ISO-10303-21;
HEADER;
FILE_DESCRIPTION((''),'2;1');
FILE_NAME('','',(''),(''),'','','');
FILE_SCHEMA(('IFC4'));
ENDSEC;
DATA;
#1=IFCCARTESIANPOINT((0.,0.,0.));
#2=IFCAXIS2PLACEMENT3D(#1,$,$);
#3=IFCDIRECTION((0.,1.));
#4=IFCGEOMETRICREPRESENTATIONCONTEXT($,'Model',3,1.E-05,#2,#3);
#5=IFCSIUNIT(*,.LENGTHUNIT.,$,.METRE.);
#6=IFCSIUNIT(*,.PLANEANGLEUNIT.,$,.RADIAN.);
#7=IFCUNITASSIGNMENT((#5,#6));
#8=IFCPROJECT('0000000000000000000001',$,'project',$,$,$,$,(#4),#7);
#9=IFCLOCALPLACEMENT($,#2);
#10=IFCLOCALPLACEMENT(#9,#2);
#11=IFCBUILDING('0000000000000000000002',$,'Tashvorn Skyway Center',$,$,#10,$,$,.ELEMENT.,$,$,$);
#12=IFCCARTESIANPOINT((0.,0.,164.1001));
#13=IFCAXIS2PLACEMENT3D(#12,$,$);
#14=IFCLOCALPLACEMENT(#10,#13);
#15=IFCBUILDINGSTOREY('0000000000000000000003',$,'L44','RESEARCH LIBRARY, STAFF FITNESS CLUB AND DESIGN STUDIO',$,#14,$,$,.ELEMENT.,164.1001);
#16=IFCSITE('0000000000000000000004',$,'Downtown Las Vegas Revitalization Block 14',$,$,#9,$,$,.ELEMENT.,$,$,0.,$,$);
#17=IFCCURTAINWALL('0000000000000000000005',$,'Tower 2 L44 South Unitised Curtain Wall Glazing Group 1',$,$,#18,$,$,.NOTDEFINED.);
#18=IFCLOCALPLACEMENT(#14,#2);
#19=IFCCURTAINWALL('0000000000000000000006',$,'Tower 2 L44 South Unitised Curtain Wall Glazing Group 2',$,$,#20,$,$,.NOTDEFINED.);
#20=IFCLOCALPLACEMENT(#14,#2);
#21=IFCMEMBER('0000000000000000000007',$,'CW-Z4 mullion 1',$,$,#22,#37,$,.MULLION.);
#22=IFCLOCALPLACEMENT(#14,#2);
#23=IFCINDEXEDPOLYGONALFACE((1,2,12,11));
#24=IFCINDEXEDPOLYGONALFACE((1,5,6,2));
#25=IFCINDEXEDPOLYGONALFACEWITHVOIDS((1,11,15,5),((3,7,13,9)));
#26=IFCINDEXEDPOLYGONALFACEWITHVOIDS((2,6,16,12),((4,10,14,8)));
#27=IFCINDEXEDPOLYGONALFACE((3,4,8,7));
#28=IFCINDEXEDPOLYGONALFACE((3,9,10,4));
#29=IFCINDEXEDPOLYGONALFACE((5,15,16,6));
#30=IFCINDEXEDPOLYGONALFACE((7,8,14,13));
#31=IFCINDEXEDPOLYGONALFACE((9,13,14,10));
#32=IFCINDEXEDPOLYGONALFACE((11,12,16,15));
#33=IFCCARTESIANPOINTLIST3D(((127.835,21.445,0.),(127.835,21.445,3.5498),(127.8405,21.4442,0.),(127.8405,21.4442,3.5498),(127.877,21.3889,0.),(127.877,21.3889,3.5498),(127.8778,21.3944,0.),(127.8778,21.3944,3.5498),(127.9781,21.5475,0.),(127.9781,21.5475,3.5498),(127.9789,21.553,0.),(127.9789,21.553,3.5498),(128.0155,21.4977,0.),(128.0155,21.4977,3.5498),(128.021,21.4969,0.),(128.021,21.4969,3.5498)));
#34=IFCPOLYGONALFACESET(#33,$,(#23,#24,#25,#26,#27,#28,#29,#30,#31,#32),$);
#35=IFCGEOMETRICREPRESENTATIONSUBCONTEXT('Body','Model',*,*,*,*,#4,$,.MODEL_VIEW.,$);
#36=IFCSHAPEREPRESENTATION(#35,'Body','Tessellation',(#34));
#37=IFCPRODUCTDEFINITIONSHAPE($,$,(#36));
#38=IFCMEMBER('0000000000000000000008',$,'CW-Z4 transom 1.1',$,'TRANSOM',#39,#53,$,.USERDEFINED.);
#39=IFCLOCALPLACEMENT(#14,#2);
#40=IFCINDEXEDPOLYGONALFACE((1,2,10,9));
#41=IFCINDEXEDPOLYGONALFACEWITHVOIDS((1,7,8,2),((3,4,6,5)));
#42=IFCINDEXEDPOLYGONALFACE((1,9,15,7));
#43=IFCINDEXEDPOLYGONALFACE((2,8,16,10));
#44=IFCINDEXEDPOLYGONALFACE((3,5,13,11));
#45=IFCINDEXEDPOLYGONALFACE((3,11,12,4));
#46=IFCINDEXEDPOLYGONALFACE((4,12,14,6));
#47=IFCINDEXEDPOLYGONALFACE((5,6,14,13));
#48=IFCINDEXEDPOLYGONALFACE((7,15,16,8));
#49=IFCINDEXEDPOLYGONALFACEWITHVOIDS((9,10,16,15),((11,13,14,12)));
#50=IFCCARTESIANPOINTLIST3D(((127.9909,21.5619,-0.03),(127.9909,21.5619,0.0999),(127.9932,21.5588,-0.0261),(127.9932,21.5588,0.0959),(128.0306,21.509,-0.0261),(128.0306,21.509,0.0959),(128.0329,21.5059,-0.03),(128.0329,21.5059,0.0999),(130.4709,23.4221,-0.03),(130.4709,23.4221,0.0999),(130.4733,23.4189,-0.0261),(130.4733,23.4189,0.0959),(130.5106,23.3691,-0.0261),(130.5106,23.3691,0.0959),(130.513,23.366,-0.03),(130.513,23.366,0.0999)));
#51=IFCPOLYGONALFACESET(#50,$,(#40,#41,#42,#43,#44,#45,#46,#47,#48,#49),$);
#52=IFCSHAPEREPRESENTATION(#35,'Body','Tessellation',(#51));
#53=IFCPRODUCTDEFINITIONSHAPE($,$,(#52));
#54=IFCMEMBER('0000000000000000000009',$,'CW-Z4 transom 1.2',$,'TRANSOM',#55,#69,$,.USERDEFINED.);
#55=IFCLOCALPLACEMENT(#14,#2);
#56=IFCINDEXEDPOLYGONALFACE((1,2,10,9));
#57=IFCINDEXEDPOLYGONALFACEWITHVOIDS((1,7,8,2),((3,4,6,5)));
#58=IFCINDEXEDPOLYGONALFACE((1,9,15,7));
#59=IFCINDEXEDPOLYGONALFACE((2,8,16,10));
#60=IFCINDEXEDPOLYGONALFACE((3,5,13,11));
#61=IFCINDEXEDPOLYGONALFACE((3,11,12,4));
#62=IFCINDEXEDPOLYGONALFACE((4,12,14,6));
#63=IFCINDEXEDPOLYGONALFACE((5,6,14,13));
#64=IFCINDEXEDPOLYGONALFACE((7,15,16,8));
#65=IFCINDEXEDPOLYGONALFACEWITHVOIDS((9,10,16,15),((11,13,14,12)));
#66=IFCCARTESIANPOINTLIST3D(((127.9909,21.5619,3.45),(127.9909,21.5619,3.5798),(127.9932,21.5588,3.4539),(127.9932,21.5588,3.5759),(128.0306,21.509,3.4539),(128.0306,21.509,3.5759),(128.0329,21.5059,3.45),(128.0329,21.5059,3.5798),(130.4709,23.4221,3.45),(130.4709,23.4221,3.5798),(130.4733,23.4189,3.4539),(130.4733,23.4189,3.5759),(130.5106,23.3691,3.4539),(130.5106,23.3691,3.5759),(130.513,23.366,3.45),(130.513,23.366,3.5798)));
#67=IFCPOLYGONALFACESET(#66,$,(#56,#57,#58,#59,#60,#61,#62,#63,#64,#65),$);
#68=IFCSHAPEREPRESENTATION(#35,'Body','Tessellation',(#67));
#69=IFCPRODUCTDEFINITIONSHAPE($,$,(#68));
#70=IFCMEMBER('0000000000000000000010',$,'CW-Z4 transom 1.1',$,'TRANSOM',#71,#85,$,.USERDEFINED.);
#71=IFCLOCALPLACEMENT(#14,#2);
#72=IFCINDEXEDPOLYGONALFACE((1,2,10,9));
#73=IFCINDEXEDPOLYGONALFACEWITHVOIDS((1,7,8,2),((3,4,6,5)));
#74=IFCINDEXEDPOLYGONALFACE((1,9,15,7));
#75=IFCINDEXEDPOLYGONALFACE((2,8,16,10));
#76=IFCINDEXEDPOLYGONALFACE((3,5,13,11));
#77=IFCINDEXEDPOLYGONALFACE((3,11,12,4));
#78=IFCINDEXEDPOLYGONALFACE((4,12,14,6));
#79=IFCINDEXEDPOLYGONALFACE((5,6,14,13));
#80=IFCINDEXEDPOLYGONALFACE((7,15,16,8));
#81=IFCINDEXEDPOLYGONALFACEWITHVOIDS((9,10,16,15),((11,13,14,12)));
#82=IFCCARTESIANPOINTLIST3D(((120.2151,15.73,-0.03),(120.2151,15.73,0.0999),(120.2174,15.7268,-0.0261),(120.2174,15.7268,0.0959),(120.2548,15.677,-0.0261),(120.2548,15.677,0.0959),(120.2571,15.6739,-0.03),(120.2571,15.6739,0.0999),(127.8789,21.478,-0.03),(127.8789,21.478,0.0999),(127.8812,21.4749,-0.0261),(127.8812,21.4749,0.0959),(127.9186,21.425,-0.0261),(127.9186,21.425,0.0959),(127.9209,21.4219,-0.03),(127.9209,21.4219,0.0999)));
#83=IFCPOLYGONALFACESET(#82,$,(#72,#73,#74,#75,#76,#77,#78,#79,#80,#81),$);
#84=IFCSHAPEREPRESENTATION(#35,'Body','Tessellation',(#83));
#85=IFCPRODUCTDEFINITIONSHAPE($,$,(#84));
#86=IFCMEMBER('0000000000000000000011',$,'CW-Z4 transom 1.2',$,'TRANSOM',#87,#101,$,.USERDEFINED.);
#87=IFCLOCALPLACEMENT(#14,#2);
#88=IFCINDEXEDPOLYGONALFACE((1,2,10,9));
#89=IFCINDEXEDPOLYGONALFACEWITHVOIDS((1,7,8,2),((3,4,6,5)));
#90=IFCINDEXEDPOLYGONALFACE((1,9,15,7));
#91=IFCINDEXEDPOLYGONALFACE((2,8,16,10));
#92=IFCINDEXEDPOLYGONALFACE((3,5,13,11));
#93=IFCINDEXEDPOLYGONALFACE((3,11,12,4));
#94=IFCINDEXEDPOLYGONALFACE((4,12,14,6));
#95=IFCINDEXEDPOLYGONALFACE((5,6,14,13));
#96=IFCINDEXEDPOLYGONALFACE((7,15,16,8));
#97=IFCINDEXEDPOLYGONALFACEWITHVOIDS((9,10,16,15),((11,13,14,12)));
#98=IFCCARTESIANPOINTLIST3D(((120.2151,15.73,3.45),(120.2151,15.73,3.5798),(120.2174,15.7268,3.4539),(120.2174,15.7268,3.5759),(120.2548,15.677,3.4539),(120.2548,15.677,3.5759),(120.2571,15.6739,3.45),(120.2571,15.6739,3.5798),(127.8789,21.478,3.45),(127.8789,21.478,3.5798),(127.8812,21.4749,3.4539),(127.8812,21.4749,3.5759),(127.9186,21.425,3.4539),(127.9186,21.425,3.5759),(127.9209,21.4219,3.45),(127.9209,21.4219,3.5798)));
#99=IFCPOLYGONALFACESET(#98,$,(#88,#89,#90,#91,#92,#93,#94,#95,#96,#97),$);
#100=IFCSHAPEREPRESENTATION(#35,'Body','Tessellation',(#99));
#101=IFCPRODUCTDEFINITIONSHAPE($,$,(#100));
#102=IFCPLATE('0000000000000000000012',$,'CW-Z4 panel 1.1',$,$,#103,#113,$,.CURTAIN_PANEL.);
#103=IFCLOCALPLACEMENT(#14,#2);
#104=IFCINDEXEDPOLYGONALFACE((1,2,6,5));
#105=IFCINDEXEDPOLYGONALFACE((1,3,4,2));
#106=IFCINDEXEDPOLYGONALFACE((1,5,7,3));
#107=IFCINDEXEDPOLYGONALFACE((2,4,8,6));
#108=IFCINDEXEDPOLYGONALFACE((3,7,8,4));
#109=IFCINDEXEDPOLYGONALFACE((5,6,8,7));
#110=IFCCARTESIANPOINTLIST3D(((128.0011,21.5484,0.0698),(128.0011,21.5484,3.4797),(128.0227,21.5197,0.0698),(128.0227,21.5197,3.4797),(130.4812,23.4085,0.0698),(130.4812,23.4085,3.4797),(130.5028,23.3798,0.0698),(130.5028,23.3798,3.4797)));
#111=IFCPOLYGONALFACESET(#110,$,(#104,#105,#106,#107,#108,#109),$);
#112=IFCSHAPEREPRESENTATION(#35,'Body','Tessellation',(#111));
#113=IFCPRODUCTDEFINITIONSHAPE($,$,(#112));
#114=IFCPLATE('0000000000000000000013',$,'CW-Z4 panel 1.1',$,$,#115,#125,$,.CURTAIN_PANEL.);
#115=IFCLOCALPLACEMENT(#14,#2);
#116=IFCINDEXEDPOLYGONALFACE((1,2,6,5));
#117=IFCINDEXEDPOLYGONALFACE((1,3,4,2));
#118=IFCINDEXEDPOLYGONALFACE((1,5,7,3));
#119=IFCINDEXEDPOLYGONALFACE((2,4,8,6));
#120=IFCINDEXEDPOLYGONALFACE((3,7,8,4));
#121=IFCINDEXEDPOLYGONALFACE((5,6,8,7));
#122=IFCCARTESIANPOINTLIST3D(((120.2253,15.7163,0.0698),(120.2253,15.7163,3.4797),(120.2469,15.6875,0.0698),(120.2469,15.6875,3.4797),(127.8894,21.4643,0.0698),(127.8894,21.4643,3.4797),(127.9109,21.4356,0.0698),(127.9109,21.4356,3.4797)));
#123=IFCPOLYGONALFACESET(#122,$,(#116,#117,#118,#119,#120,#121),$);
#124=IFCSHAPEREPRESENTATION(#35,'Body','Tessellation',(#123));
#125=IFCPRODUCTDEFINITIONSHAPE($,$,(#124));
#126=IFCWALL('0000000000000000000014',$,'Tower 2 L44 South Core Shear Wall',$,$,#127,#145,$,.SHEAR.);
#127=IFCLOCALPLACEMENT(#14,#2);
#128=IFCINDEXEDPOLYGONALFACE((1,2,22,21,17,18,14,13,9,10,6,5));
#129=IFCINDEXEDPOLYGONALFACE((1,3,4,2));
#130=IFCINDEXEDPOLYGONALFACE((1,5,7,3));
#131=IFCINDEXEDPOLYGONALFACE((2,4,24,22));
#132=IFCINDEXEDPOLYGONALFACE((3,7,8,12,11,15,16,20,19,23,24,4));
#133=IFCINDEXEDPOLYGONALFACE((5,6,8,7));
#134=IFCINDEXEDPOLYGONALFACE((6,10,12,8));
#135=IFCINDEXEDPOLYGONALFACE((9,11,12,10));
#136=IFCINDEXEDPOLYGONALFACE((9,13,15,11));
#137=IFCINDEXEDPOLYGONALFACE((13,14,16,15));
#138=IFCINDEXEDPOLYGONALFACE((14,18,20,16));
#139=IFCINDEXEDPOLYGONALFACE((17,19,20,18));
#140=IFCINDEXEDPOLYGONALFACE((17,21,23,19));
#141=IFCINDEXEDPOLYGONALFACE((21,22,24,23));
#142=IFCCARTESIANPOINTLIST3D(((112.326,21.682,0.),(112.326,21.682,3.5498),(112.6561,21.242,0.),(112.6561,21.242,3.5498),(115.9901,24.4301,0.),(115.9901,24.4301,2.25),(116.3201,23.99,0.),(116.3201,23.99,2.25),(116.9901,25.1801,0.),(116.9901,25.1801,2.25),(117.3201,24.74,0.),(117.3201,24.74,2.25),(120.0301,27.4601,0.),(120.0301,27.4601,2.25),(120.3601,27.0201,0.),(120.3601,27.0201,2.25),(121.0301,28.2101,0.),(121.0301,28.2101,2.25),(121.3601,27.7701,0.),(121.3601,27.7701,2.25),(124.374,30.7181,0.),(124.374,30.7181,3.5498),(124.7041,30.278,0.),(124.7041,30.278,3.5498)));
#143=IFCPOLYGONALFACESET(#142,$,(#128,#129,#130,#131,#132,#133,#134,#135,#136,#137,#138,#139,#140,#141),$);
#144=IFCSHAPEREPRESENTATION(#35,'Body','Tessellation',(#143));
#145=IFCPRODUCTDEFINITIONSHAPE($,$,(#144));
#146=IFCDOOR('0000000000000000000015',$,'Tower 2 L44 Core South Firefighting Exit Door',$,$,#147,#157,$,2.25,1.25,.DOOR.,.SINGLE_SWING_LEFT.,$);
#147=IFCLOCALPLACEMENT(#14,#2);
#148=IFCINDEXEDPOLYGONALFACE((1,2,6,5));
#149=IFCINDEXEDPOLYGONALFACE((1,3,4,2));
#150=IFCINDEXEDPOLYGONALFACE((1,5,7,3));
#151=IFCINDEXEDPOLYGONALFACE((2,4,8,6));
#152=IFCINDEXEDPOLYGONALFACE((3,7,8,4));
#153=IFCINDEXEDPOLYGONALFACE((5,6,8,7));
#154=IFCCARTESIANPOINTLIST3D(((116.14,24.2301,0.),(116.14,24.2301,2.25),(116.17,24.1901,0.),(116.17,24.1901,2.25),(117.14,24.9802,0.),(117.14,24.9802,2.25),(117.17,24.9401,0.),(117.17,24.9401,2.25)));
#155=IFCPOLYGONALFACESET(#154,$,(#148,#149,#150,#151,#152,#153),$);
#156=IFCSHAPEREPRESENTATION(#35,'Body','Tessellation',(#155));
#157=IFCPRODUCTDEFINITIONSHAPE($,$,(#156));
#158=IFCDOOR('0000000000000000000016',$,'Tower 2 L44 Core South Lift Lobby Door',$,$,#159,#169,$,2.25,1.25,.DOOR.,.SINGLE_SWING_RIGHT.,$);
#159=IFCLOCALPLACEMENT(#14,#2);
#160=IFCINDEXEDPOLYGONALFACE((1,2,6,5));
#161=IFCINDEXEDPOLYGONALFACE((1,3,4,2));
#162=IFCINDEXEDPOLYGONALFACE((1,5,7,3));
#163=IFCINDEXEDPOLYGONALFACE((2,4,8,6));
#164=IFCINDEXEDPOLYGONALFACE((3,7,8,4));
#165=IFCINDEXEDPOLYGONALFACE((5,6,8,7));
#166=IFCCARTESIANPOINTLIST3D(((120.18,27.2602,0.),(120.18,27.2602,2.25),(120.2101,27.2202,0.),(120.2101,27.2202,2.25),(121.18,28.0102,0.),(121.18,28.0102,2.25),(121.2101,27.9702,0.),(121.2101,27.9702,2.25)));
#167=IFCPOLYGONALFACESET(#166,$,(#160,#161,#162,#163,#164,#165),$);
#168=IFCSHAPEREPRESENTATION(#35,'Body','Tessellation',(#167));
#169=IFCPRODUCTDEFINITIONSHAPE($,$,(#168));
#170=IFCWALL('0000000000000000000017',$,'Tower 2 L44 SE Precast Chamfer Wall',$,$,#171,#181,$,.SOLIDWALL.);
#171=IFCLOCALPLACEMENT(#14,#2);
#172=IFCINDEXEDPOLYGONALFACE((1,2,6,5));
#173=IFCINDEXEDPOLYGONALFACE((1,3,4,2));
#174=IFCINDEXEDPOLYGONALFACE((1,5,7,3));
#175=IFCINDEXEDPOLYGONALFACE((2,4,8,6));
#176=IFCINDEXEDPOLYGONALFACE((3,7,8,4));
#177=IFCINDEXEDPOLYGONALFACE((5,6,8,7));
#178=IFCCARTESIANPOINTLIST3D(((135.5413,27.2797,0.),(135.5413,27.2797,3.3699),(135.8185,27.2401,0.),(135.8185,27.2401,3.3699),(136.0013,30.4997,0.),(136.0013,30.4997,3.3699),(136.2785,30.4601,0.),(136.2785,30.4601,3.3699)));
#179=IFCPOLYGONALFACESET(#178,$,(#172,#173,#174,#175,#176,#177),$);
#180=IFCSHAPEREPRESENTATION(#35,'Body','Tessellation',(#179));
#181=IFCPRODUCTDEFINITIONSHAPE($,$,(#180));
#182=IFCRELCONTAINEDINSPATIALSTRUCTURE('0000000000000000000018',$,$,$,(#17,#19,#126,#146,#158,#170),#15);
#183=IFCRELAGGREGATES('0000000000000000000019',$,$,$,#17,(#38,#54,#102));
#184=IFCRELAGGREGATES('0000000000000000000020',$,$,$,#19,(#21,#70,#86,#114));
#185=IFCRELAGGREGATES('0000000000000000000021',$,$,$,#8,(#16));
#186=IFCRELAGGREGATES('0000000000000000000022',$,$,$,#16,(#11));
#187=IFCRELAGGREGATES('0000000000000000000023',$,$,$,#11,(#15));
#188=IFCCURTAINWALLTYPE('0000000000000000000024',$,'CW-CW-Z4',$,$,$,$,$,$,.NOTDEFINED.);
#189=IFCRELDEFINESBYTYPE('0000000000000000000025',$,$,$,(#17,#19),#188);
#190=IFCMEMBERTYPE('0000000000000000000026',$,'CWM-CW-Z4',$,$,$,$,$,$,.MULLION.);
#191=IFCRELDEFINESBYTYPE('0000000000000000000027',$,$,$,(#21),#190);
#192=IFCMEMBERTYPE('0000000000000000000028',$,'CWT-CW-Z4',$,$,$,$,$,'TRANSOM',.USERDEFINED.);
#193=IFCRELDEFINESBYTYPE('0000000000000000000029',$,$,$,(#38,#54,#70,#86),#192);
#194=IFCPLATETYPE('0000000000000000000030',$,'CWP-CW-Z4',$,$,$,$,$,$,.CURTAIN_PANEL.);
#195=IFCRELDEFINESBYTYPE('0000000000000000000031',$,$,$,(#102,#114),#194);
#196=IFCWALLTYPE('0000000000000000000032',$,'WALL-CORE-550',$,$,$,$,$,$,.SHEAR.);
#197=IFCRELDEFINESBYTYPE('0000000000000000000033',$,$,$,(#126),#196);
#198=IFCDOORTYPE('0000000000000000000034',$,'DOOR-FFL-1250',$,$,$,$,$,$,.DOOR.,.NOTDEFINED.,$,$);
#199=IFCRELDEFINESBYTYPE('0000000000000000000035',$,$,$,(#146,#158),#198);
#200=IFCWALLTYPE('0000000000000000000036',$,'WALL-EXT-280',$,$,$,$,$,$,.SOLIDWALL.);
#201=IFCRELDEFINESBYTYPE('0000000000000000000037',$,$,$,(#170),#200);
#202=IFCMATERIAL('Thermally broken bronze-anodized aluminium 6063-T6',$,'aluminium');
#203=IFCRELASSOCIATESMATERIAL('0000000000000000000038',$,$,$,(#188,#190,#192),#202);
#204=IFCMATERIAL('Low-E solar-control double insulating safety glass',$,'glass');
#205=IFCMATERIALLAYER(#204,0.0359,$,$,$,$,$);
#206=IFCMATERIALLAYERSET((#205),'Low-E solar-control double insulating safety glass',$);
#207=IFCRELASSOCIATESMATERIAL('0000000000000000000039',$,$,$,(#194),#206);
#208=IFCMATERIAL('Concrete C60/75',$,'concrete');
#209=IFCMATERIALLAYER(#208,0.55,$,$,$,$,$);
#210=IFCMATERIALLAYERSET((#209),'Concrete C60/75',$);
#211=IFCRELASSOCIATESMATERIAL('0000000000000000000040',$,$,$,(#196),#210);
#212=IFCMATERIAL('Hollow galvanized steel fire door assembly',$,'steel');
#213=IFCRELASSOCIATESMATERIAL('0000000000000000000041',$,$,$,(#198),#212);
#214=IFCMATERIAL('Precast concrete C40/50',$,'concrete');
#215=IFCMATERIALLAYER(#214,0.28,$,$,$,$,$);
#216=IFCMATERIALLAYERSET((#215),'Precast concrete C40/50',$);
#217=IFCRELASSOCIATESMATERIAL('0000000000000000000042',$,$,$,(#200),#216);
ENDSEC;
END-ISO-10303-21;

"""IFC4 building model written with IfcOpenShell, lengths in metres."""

from ifc_helpers import new_model, si_unit, direction, frame, frame_2d, origin, origin_2d, place, context, subcontext, project, spatial, rectangle, hollow_rectangle, extrude, material, layer, layer_set, material_profile, profile_set, type_object, element, fill, aggregate, save


model = new_model("IFC4")

# Units and contexts
model_context = context("Model", 3, precision=1e-05, world=origin(), true_north=direction((0.0, 1.0)))
body_context = subcontext(model_context, "Body", "Model", "MODEL_VIEW")
ifc_project = project(units=[si_unit("LENGTHUNIT", "METRE"), si_unit("PLANEANGLEUNIT", "RADIAN")], contexts=[model_context])

# Site, building, storey
site_placement = place(None, origin())
site = spatial("IfcSite", under=ifc_project, at=site_placement, Name="Downtown Las Vegas Revitalization Block 14", CompositionType="ELEMENT", RefElevation=0.0)
building_placement = place(site_placement, origin())
building = spatial("IfcBuilding", under=site, at=building_placement, Name="Tashvorn Skyway Center", CompositionType="ELEMENT")
storey_placement = place(building_placement, frame((0.0, 0.0, 164.1001)))
storey = spatial("IfcBuildingStorey", under=building, at=storey_placement, Name="L44", Description="RESEARCH LIBRARY, STAFF FITNESS CLUB AND DESIGN STUDIO", CompositionType="ELEMENT", Elevation=164.1001)

# Curtain wall
ifc_material_1 = material(Name="Thermally broken bronze-anodized aluminium 6063-T6", Category="aluminium")
curtain_wall_type = type_object("IfcCurtainWallType", Name="CW-CW-Z4", PredefinedType="NOTDEFINED", material=ifc_material_1)
curtain_wall_1_placement = place(storey_placement, origin())
curtain_wall_1 = element("IfcCurtainWall", 1, at=curtain_wall_1_placement, inside=storey, type_object=curtain_wall_type, Name="Tower 2 L44 South Unitised Curtain Wall Glazing Group 1", PredefinedType="NOTDEFINED")
ifc_material_profile_1 = material_profile(ifc_material_1, hollow_rectangle(XDim=0.0701, YDim=0.1799, WallThickness=0.0039, at=origin_2d()), Name="ALU-MULL-70x180")
ifc_profile_set_1 = profile_set([ifc_material_profile_1], Name="Thermally broken bronze-anodized aluminium 6063-T6")
member_type_1 = type_object("IfcMemberType", Name="CWM-CW-Z4", PredefinedType="MULLION", material=ifc_profile_set_1)

# Curtain wall, member
curtain_wall_2_placement = place(storey_placement, origin())
curtain_wall_2 = element("IfcCurtainWall", 2, at=curtain_wall_2_placement, inside=storey, type_object=curtain_wall_type, Name="Tower 2 L44 South Unitised Curtain Wall Glazing Group 2", PredefinedType="NOTDEFINED")
member_1_placement = place(storey_placement, frame((127.928, 21.4709, 0.0), z_axis=(0.0, 0.0, 1.0), x_axis=(0.6, -0.8, 0.0)))
member_1 = element("IfcMember", 3, at=member_1_placement, type_object=member_type_1, Name="CW-Z4 mullion 1", PredefinedType="MULLION", context=body_context, shape_type="SweptSolid", body=[
    extrude(hollow_rectangle(XDim=0.0701, YDim=0.1799, WallThickness=0.0039, at=origin_2d()), origin(), (0.0, 0.0, 1.0), 3.5498),
])

# Members
ifc_material_profile_2 = material_profile(ifc_material_1, hollow_rectangle(XDim=0.0701, YDim=0.1299, WallThickness=0.0039, at=origin_2d()), Name="ALU-TRAN-70x130")
ifc_profile_set_2 = profile_set([ifc_material_profile_2], Name="Thermally broken bronze-anodized aluminium 6063-T6")
member_type_2 = type_object("IfcMemberType", Name="CWT-CW-Z4", ElementType="TRANSOM", PredefinedType="USERDEFINED", material=ifc_profile_set_2)
member_2_placement = place(storey_placement, frame((130.4919, 23.394, 0.0349), z_axis=(-0.799981, -0.600025, 0.0), x_axis=(0.600025, -0.799981, 0.0)))
member_2 = element("IfcMember", 4, at=member_2_placement, type_object=member_type_2, Name="CW-Z4 transom 1.1", ObjectType="TRANSOM", PredefinedType="USERDEFINED", context=body_context, shape_type="SweptSolid", body=[
    extrude(hollow_rectangle(XDim=0.0701, YDim=0.1299, WallThickness=0.0039, at=origin_2d()), origin(), (0.0, 0.0, 1.0), 3.1001),
])
member_3_placement = place(storey_placement, frame((130.4919, 23.394, 3.5149), z_axis=(-0.799981, -0.600025, 0.0), x_axis=(0.600025, -0.799981, 0.0)))
member_3 = element("IfcMember", 5, at=member_3_placement, type_object=member_type_2, Name="CW-Z4 transom 1.2", ObjectType="TRANSOM", PredefinedType="USERDEFINED", context=body_context, shape_type="SweptSolid", body=[
    extrude(hollow_rectangle(XDim=0.0701, YDim=0.1299, WallThickness=0.0039, at=origin_2d()), origin(), (0.0, 0.0, 1.0), 3.1001),
])
member_4_placement = place(storey_placement, frame((127.8999, 21.45, 0.0349), z_axis=(-0.799991, -0.600012, 0.0), x_axis=(0.600012, -0.799991, 0.0)))
member_4 = element("IfcMember", 6, at=member_4_placement, type_object=member_type_2, Name="CW-Z4 transom 1.1", ObjectType="TRANSOM", PredefinedType="USERDEFINED", context=body_context, shape_type="SweptSolid", body=[
    extrude(hollow_rectangle(XDim=0.0701, YDim=0.1299, WallThickness=0.0039, at=origin_2d()), origin(), (0.0, 0.0, 1.0), 9.5798),
])
member_5_placement = place(storey_placement, frame((127.8999, 21.45, 3.5149), z_axis=(-0.799991, -0.600012, 0.0), x_axis=(0.600012, -0.799991, 0.0)))
member_5 = element("IfcMember", 7, at=member_5_placement, type_object=member_type_2, Name="CW-Z4 transom 1.2", ObjectType="TRANSOM", PredefinedType="USERDEFINED", context=body_context, shape_type="SweptSolid", body=[
    extrude(hollow_rectangle(XDim=0.0701, YDim=0.1299, WallThickness=0.0039, at=origin_2d()), origin(), (0.0, 0.0, 1.0), 9.5798),
])

# Plates
ifc_material_2 = material(Name="Low-E solar-control double insulating safety glass", Category="glass")
ifc_layer_1 = layer(ifc_material_2, 0.0359)
ifc_layer_set_1 = layer_set([ifc_layer_1], Name="Low-E solar-control double insulating safety glass")
plate_type = type_object("IfcPlateType", Name="CWP-CW-Z4", PredefinedType="CURTAIN_PANEL", material=ifc_layer_set_1)
plate_1_placement = place(storey_placement, frame((129.252, 22.4641, 0.0698), z_axis=(0.0, 0.0, 1.0), x_axis=(-0.8, -0.6, 0.0)))
plate_1 = element("IfcPlate", 8, at=plate_1_placement, type_object=plate_type, Name="CW-Z4 panel 1.1", PredefinedType="CURTAIN_PANEL", context=body_context, shape_type="SweptSolid", body=[
    extrude(rectangle(XDim=3.1001, YDim=0.0359, at=origin_2d()), origin(), (0.0, 0.0, 1.0), 3.4099),
])
aggregate(curtain_wall_1, [member_2, member_3, plate_1])
plate_2_placement = place(storey_placement, frame((124.0681, 18.5759, 0.0698), z_axis=(0.0, 0.0, 1.0), x_axis=(-0.8, -0.6, 0.0)))
plate_2 = element("IfcPlate", 9, at=plate_2_placement, type_object=plate_type, Name="CW-Z4 panel 1.1", PredefinedType="CURTAIN_PANEL", context=body_context, shape_type="SweptSolid", body=[
    extrude(rectangle(XDim=9.5801, YDim=0.0359, at=origin_2d()), origin(), (0.0, 0.0, 1.0), 3.4099),
])
aggregate(curtain_wall_2, [member_1, member_4, member_5, plate_2])

# Wall, openings, doors
ifc_material_3 = material(Name="Concrete C60/75", Category="concrete")
ifc_layer_2 = layer(ifc_material_3, 0.55)
ifc_layer_set_2 = layer_set([ifc_layer_2], Name="Concrete C60/75")
wall_type_1 = type_object("IfcWallType", Name="WALL-CORE-550", PredefinedType="SHEAR", material=ifc_layer_set_2)
wall_1_placement = place(storey_placement, frame((124.5391, 30.498, 0.0), z_axis=(0.0, 0.0, 1.0), x_axis=(-0.799998, -0.600003, 0.0)))
wall_1 = element("IfcWall", 10, at=wall_1_placement, inside=storey, type_object=wall_type_1, Name="Tower 2 L44 South Core Shear Wall", PredefinedType="SHEAR", context=body_context, shape_type="SweptSolid", body=[
    extrude(rectangle(XDim=15.0601, YDim=0.55, at=frame_2d((7.53, 0.0))), origin(), (0.0, 0.0, 1.0), 3.5498),
])
opening_1_placement = place(wall_1_placement, frame((9.23, 0.0, 0.0)))
opening_1 = element("IfcOpeningElement", 11, at=opening_1_placement, cuts=wall_1, PredefinedType="OPENING", context=body_context, shape_type="SweptSolid", body=[
    extrude(rectangle(XDim=1.25, YDim=2.25, at=frame_2d((0.625, 1.125))), frame((0.0, 0.2849, 0.0), z_axis=(0.0, -1.0, 0.0), x_axis=(1.0, 0.0, 0.0)), (0.0, 0.0, 1.0), 0.5701),
])
opening_2_placement = place(wall_1_placement, frame((4.1799, 0.0, 0.0)))
opening_2 = element("IfcOpeningElement", 12, at=opening_2_placement, cuts=wall_1, PredefinedType="OPENING", context=body_context, shape_type="SweptSolid", body=[
    extrude(rectangle(XDim=1.25, YDim=2.25, at=frame_2d((0.625, 1.125))), frame((0.0, 0.2849, 0.0), z_axis=(0.0, -1.0, 0.0), x_axis=(1.0, 0.0, 0.0)), (0.0, 0.0, 1.0), 0.5701),
])
ifc_material_4 = material(Name="Hollow galvanized steel fire door assembly", Category="steel")
door_type_1 = type_object("IfcDoorType", Name="DOOR-FFL-1250", OperationType="NOTDEFINED", PredefinedType="DOOR", material=ifc_material_4)
door_1_placement = place(opening_1_placement, origin())
door_1 = element("IfcDoor", 13, at=door_1_placement, inside=storey, type_object=door_type_1, Name="Tower 2 L44 Core South Firefighting Exit Door", OperationType="SINGLE_SWING_LEFT", OverallHeight=2.25, OverallWidth=1.25, PredefinedType="DOOR", context=body_context, shape_type="SweptSolid", body=[
    extrude(rectangle(XDim=1.25, YDim=2.25, at=frame_2d((0.625, 1.125))), frame((0.0, 0.0249, 0.0), z_axis=(0.0, -1.0, 0.0), x_axis=(1.0, 0.0, 0.0)), (0.0, 0.0, 1.0), 0.05),
])
fill(opening_1, door_1)
door_2_placement = place(opening_2_placement, origin())
door_2 = element("IfcDoor", 14, at=door_2_placement, inside=storey, type_object=door_type_1, Name="Tower 2 L44 Core South Lift Lobby Door", OperationType="SINGLE_SWING_RIGHT", OverallHeight=2.25, OverallWidth=1.25, PredefinedType="DOOR", context=body_context, shape_type="SweptSolid", body=[
    extrude(rectangle(XDim=1.25, YDim=2.25, at=frame_2d((0.625, 1.125))), frame((0.0, 0.0249, 0.0), z_axis=(0.0, -1.0, 0.0), x_axis=(1.0, 0.0, 0.0)), (0.0, 0.0, 1.0), 0.05),
])
fill(opening_2, door_2)

# Wall
ifc_material_5 = material(Name="Precast concrete C40/50", Category="concrete")
ifc_layer_3 = layer(ifc_material_5, 0.28)
ifc_layer_set_3 = layer_set([ifc_layer_3], Name="Precast concrete C40/50")
wall_type_2 = type_object("IfcWallType", Name="WALL-EXT-280", PredefinedType="SOLIDWALL", material=ifc_layer_set_3)
wall_2_placement = place(storey_placement, frame((136.1399, 30.48, 0.0), z_axis=(0.0, 0.0, 1.0), x_axis=(-0.141411, -0.989951, 0.0)))
element("IfcWall", 15, at=wall_2_placement, inside=storey, type_object=wall_type_2, Name="Tower 2 L44 SE Precast Chamfer Wall", PredefinedType="SOLIDWALL", context=body_context, shape_type="SweptSolid", body=[
    extrude(rectangle(XDim=3.2527, YDim=0.28, at=frame_2d((1.6265, 0.0))), origin(), (0.0, 0.0, 1.0), 3.3699),
])

save(model, "model.ifc")
